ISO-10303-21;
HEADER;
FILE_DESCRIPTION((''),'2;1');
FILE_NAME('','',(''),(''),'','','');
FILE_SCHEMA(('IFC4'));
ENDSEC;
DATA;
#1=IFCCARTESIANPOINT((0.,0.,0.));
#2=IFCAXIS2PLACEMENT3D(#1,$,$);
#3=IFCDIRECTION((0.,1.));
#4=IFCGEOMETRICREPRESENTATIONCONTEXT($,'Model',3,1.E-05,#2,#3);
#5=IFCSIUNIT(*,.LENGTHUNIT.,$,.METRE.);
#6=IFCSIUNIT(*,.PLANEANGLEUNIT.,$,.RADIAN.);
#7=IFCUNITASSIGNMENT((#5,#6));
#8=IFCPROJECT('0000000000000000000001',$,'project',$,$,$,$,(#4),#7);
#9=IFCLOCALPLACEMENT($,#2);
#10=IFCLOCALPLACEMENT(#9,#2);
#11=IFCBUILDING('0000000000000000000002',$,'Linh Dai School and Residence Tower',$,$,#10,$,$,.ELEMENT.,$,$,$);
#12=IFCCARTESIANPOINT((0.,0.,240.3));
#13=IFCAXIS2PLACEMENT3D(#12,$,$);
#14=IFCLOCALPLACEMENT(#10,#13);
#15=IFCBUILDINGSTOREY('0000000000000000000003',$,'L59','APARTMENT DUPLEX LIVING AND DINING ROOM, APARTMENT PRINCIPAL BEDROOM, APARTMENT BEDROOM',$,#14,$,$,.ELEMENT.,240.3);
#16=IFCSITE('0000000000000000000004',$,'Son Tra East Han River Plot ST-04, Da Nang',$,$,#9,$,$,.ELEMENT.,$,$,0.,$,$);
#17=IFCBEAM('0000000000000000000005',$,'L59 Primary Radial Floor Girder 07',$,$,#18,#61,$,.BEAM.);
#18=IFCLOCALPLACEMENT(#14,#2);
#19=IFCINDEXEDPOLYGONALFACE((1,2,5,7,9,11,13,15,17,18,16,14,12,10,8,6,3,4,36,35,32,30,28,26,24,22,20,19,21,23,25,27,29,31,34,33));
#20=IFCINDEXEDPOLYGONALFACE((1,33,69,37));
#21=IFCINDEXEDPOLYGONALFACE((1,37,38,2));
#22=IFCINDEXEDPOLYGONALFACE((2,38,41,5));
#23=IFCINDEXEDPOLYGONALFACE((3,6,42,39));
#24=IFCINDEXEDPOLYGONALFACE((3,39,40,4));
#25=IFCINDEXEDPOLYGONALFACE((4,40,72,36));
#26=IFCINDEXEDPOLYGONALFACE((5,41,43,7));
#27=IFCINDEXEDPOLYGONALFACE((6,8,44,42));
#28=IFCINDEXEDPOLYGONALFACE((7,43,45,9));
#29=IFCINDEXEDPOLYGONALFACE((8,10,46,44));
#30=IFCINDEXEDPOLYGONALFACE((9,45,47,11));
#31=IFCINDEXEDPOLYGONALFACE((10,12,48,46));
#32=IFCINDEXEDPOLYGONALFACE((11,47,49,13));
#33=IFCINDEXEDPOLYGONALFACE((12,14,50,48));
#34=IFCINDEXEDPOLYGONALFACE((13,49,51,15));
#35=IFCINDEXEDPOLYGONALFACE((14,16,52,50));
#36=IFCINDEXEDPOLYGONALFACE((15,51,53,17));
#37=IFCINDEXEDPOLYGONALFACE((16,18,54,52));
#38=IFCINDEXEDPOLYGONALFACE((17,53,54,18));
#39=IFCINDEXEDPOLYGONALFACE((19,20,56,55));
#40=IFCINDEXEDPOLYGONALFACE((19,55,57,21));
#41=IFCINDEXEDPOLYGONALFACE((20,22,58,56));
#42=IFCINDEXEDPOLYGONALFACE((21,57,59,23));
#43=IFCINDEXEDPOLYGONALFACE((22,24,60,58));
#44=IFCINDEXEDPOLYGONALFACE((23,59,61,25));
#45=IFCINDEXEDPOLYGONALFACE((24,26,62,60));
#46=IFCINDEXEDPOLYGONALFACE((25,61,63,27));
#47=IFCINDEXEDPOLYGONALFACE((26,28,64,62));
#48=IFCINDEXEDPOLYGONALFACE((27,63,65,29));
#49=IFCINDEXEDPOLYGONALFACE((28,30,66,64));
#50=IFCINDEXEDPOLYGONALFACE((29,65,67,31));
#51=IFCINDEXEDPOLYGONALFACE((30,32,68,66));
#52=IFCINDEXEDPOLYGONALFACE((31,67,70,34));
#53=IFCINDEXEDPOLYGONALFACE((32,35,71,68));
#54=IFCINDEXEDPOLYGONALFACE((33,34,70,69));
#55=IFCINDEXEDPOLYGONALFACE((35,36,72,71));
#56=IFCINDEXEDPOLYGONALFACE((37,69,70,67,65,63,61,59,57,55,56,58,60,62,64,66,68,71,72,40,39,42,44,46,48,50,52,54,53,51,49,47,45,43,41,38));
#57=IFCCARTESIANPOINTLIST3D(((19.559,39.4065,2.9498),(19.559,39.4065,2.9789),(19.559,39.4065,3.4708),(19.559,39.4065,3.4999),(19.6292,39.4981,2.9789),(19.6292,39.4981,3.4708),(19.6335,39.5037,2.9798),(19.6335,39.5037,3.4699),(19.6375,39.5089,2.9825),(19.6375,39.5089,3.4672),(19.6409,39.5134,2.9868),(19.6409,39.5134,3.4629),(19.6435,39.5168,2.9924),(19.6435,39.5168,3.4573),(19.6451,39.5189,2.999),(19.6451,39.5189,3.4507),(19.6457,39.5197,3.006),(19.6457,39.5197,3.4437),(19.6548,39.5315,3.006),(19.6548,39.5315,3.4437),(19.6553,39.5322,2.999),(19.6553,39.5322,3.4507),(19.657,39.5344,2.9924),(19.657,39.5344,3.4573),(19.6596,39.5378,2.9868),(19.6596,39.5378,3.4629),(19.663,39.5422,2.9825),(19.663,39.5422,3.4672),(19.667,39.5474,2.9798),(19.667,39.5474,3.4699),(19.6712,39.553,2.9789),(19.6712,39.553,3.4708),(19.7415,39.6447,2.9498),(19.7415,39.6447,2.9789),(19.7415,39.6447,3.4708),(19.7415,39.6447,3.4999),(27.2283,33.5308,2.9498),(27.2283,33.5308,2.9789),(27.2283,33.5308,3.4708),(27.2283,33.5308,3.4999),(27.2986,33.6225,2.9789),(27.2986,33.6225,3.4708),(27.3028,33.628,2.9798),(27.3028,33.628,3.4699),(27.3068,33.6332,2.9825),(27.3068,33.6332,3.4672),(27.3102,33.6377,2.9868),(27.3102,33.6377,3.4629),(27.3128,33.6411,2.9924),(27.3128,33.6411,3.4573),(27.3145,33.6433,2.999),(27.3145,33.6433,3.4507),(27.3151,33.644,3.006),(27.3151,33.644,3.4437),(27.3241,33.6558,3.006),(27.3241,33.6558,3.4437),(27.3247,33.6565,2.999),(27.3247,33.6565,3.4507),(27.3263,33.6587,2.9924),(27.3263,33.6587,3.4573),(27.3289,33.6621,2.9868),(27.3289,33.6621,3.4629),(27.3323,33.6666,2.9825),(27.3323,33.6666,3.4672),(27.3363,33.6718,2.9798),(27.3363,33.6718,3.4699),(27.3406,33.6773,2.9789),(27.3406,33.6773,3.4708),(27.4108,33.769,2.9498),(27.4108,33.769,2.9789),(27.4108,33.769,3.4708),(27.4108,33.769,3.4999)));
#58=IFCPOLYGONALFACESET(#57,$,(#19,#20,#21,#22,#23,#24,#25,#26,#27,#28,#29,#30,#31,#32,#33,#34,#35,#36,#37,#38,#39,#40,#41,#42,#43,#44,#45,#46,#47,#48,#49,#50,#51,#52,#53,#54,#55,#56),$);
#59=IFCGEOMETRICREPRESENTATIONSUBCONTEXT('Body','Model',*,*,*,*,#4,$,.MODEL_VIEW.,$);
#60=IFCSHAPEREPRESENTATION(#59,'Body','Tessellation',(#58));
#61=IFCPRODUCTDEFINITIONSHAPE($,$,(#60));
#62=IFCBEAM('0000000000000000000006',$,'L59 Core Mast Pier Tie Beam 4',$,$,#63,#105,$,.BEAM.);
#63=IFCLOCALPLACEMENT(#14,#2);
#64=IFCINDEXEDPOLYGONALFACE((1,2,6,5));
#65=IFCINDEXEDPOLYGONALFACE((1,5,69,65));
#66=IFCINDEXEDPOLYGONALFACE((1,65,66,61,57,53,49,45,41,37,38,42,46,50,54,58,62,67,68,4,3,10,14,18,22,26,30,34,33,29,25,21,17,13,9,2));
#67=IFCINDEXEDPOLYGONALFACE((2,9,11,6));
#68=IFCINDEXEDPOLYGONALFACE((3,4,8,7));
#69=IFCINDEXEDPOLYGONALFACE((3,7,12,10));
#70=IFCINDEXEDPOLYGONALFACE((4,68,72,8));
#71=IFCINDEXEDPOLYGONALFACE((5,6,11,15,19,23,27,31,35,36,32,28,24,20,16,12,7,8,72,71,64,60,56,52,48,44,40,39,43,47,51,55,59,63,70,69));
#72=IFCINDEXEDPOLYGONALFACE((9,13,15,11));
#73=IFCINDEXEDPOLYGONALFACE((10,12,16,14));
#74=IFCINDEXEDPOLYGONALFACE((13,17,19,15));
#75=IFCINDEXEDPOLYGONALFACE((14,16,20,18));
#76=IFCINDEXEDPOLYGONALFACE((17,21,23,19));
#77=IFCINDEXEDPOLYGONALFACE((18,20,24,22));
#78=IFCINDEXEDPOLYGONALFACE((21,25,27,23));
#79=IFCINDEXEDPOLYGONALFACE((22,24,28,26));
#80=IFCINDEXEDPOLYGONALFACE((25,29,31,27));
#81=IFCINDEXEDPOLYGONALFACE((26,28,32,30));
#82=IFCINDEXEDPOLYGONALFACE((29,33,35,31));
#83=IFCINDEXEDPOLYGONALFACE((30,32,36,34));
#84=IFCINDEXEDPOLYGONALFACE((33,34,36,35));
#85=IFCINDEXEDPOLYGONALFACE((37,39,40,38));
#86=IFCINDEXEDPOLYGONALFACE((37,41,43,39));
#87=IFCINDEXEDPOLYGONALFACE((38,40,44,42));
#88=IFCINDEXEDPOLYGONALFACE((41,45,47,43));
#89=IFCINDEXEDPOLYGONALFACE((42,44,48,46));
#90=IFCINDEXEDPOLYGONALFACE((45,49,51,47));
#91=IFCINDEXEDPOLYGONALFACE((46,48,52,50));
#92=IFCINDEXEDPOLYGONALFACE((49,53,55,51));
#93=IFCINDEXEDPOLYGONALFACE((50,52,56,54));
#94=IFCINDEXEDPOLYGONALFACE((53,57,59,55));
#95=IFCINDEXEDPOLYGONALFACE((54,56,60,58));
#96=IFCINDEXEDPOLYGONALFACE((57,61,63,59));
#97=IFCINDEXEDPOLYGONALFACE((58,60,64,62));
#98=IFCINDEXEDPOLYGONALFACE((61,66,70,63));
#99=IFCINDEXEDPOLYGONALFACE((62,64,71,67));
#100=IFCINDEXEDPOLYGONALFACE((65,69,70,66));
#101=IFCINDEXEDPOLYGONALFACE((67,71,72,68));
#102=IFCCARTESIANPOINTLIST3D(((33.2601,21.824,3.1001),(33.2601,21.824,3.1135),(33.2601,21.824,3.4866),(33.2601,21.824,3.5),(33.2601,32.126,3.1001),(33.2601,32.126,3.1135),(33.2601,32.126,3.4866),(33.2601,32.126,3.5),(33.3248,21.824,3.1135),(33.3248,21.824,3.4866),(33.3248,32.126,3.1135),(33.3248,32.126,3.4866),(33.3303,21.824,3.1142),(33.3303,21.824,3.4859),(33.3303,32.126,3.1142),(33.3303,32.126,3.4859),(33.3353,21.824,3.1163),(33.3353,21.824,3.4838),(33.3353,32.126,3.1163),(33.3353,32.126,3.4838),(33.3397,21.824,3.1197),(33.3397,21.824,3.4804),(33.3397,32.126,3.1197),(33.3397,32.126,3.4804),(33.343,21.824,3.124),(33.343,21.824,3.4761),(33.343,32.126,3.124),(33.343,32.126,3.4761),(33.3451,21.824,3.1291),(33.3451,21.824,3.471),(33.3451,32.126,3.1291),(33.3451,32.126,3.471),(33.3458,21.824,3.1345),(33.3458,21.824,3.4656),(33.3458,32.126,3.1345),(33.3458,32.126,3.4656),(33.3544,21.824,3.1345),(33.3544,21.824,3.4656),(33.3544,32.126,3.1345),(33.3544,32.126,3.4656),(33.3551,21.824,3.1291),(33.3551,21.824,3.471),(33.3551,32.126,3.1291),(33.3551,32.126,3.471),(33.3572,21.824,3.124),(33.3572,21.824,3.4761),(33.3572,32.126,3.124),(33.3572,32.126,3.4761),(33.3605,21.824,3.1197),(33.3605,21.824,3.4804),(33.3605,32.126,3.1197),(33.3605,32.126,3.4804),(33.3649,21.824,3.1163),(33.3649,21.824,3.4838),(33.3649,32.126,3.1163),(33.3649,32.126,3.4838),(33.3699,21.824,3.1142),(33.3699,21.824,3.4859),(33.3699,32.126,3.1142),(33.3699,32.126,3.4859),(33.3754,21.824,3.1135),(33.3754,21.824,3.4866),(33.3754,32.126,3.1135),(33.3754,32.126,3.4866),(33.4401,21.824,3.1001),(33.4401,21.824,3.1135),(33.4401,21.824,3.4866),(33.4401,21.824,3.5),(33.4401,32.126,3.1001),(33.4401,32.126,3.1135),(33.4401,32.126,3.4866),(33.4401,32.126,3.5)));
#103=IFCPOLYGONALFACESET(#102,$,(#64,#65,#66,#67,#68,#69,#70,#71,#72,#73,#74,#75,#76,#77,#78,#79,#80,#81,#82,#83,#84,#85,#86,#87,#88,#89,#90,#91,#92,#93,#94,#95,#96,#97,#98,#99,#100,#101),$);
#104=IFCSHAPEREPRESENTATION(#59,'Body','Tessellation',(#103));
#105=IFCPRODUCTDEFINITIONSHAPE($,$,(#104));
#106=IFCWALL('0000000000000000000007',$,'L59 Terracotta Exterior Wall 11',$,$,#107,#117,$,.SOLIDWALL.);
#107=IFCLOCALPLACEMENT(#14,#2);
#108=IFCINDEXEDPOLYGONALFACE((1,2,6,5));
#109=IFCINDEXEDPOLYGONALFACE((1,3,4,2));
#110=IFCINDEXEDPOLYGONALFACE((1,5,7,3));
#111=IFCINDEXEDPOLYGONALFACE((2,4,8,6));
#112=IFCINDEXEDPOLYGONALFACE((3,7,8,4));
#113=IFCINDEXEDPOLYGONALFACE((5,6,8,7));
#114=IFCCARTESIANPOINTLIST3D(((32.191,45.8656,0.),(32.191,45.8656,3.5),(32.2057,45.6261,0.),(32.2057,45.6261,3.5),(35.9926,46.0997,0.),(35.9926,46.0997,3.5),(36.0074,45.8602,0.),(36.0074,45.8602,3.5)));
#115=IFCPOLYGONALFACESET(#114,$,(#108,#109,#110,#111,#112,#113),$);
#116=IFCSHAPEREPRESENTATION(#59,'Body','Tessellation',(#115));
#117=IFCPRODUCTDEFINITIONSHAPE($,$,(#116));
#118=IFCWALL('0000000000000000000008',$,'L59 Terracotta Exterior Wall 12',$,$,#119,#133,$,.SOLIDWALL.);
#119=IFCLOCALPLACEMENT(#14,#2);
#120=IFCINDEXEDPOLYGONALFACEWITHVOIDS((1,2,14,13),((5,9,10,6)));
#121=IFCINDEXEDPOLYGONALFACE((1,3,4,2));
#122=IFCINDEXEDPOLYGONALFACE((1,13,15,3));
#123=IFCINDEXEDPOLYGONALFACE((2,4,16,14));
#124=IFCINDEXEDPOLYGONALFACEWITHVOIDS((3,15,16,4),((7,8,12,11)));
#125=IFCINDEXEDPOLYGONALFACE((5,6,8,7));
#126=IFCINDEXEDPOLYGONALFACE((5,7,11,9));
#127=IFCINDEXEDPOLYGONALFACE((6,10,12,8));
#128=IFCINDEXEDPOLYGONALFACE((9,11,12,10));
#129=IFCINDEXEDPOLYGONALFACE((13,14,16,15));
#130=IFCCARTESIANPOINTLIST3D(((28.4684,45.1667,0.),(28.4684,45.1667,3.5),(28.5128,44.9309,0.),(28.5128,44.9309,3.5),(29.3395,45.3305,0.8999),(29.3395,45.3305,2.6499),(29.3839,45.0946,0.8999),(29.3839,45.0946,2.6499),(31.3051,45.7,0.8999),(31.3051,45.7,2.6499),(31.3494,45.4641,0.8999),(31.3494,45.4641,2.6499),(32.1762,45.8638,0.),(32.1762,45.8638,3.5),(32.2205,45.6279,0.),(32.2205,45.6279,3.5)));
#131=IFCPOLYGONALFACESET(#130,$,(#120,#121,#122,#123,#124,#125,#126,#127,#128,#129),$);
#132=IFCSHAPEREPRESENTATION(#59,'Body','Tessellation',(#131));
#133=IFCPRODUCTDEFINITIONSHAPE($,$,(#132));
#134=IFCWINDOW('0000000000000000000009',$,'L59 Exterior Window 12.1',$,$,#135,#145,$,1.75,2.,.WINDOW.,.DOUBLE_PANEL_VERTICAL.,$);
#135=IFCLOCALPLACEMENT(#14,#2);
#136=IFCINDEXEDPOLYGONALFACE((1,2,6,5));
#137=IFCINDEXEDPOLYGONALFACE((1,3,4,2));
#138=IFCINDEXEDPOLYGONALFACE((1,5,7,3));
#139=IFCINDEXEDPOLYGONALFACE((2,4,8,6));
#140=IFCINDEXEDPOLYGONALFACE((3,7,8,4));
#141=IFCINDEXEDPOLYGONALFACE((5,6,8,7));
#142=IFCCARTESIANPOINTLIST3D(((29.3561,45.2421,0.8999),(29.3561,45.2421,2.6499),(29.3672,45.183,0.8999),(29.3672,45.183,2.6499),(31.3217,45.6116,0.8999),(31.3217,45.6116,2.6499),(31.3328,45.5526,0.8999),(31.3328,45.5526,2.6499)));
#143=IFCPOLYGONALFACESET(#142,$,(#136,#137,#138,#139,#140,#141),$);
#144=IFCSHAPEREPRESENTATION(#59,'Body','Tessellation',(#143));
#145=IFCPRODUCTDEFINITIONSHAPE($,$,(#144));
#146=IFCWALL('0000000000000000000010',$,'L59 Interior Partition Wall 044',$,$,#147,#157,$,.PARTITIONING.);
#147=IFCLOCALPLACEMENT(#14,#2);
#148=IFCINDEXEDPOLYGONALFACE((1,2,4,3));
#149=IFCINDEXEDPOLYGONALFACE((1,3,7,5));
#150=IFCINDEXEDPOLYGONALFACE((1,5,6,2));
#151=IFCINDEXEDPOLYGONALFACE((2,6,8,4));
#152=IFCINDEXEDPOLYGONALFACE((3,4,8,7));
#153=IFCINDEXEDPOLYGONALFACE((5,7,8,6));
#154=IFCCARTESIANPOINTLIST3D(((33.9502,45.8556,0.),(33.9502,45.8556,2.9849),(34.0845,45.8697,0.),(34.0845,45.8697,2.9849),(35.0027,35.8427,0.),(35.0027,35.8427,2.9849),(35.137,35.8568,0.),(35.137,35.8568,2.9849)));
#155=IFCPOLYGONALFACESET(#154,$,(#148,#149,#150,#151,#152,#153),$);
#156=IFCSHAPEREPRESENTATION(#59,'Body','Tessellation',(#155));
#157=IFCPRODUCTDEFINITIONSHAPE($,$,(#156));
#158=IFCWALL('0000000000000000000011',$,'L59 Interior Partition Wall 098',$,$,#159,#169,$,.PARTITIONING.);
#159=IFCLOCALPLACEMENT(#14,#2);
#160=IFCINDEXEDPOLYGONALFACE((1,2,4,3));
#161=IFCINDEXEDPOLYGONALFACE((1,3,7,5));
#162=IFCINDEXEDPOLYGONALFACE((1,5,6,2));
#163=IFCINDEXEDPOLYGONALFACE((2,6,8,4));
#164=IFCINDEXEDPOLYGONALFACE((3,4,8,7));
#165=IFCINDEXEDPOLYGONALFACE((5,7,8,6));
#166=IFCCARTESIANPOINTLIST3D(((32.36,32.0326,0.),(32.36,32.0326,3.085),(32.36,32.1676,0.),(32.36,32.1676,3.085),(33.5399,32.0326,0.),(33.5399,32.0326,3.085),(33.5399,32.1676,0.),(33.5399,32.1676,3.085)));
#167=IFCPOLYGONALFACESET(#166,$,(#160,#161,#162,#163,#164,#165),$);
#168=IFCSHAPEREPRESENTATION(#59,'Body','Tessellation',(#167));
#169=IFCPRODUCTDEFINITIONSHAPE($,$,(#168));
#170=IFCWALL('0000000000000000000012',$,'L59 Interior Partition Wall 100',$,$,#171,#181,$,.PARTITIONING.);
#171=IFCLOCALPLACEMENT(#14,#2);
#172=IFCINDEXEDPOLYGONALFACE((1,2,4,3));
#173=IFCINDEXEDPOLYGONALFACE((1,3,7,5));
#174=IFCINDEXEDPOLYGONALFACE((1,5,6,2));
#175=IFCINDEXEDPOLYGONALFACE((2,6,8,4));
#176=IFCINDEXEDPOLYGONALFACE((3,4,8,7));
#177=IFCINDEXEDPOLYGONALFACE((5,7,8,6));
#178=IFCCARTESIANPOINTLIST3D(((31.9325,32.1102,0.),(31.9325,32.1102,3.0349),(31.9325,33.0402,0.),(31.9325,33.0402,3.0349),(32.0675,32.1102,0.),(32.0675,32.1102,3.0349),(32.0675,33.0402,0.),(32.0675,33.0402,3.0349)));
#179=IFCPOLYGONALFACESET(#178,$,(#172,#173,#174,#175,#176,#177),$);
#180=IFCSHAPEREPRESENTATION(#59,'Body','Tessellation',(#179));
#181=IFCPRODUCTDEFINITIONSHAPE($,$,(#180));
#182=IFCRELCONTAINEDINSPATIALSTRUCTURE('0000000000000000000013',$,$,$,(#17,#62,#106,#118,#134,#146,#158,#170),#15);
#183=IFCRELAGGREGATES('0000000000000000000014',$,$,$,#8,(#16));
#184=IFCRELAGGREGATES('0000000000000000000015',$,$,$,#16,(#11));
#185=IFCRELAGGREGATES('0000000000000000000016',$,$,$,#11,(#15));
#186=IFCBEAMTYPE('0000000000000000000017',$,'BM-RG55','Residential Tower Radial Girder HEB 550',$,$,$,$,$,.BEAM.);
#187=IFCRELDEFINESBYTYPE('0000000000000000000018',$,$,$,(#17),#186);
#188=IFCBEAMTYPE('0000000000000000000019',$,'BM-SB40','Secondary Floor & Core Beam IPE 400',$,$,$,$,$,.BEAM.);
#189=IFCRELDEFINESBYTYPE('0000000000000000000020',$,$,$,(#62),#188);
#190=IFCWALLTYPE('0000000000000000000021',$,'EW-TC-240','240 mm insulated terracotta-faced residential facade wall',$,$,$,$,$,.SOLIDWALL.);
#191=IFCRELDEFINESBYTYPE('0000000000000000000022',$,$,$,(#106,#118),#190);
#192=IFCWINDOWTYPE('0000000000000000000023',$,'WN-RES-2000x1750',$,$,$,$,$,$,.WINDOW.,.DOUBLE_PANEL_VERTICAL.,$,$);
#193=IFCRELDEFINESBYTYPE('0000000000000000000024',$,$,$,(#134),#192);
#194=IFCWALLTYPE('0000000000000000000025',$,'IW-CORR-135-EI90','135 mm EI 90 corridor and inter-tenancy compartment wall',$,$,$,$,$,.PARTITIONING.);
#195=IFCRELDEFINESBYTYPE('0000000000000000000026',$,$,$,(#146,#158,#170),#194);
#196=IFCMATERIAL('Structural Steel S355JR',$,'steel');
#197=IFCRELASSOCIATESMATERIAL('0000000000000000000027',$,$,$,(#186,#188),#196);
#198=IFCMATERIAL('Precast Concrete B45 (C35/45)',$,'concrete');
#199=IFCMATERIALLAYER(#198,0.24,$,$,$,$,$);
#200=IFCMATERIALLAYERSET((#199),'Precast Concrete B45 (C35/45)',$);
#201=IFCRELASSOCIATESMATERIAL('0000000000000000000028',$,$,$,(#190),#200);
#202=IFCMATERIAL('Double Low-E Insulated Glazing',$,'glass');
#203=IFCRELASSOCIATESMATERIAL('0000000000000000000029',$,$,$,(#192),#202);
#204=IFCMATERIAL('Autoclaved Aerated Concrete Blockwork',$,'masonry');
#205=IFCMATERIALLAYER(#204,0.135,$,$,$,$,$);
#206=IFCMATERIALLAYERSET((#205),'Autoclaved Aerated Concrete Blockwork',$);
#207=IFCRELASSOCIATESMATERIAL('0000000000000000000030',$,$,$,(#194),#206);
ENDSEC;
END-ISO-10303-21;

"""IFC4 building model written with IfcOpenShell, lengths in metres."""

from ifc_helpers import new_model, si_unit, direction, frame, frame_2d, origin, origin_2d, place, context, subcontext, project, spatial, rectangle, i_section, extrude, source, transform, mapped, material, layer, layer_set, material_profile, profile_set, type_object, element, fill, save


model = new_model("IFC4")

# Units and contexts
model_context = context("Model", 3, precision=1e-05, world=origin(), true_north=direction((0.0, 1.0)))
body_context = subcontext(model_context, "Body", "Model", "MODEL_VIEW")
ifc_project = project(units=[si_unit("LENGTHUNIT", "METRE"), si_unit("PLANEANGLEUNIT", "RADIAN")], contexts=[model_context])

# Site, building, storey
site_placement = place(None, origin())
site = spatial("IfcSite", under=ifc_project, at=site_placement, Name="Son Tra East Han River Plot ST-04, Da Nang", CompositionType="ELEMENT", RefElevation=0.0)
building_placement = place(site_placement, origin())
building = spatial("IfcBuilding", under=site, at=building_placement, Name="Linh Dai School and Residence Tower", CompositionType="ELEMENT")
storey_placement = place(building_placement, frame((0.0, 0.0, 240.3)))
storey = spatial("IfcBuildingStorey", under=building, at=storey_placement, Name="L59", Description="APARTMENT DUPLEX LIVING AND DINING ROOM, APARTMENT PRINCIPAL BEDROOM, APARTMENT BEDROOM", CompositionType="ELEMENT", Elevation=240.3)

# Shared definitions
ifc_material_1 = material(Name="Structural Steel S355JR", Category="steel")

# Beams
ifc_material_profile_1 = material_profile(ifc_material_1, i_section(OverallWidth=0.3, OverallDepth=0.55, WebThickness=0.0149, FlangeThickness=0.0291, FilletRadius=0.0271, at=origin_2d()), Name="HEB 550")
ifc_profile_set_1 = profile_set([ifc_material_profile_1], Name="Structural Steel S355JR")
beam_type_1 = type_object("IfcBeamType", Name="BM-RG55", Description="Residential Tower Radial Girder HEB 550", PredefinedType="BEAM", material=ifc_profile_set_1)
beam_1_placement = place(storey_placement, frame((27.3196, 33.6499, 3.2249), z_axis=(-0.793815, 0.60816, 0.0), x_axis=(-0.60816, -0.793815, 0.0)))
element("IfcBeam", 1, at=beam_1_placement, inside=storey, type_object=beam_type_1, Name="L59 Primary Radial Floor Girder 07", PredefinedType="BEAM", context=body_context, shape_type="SweptSolid", body=[
    extrude(i_section(OverallWidth=0.3, OverallDepth=0.55, WebThickness=0.0149, FlangeThickness=0.0291, FilletRadius=0.0271, at=origin_2d()), origin(), (0.0, 0.0, 1.0), 9.6614),
])
ifc_material_profile_2 = material_profile(ifc_material_1, i_section(OverallWidth=0.1799, OverallDepth=0.3999, WebThickness=0.0085, FlangeThickness=0.0134, FilletRadius=0.021, at=origin_2d()), Name="IPE 400")
ifc_profile_set_2 = profile_set([ifc_material_profile_2], Name="Structural Steel S355JR")
beam_type_2 = type_object("IfcBeamType", Name="BM-SB40", Description="Secondary Floor & Core Beam IPE 400", PredefinedType="BEAM", material=ifc_profile_set_2)
beam_2_placement = place(storey_placement, frame((33.3501, 32.126, 3.3), z_axis=(0.0, -1.0, 0.0), x_axis=(1.0, 0.0, 0.0)))
element("IfcBeam", 2, at=beam_2_placement, inside=storey, type_object=beam_type_2, Name="L59 Core Mast Pier Tie Beam 4", PredefinedType="BEAM", context=body_context, shape_type="SweptSolid", body=[
    extrude(i_section(OverallWidth=0.1799, OverallDepth=0.3999, WebThickness=0.0085, FlangeThickness=0.0134, FilletRadius=0.021, at=origin_2d()), origin(), (0.0, 0.0, 1.0), 10.302),
])

# Wall
ifc_material_2 = material(Name="Precast Concrete B45 (C35/45)", Category="concrete")
ifc_layer_1 = layer(ifc_material_2, 0.24)
ifc_layer_set_1 = layer_set([ifc_layer_1], Name="Precast Concrete B45 (C35/45)")
wall_type_1 = type_object("IfcWallType", Name="EW-TC-240", Description="240 mm insulated terracotta-faced residential facade wall", PredefinedType="SOLIDWALL", material=ifc_layer_set_1)
wall_1_placement = place(storey_placement, frame((32.1985, 45.7458, 0.0), z_axis=(0.0, 0.0, 1.0), x_axis=(0.998109, 0.061472, 0.0)))
element("IfcWall", 3, at=wall_1_placement, inside=storey, type_object=wall_type_1, Name="L59 Terracotta Exterior Wall 11", PredefinedType="SOLIDWALL", context=body_context, shape_type="SweptSolid", body=[
    extrude(rectangle(XDim=3.8088, YDim=0.24, at=frame_2d((1.9043, 0.0))), origin(), (0.0, 0.0, 1.0), 3.5),
])

# Wall, opening, window
wall_2_placement = place(storey_placement, frame((28.4907, 45.0488, 0.0), z_axis=(0.0, 0.0, 1.0), x_axis=(0.982785, 0.184753, 0.0)))
wall_2 = element("IfcWall", 4, at=wall_2_placement, inside=storey, type_object=wall_type_1, Name="L59 Terracotta Exterior Wall 12", PredefinedType="SOLIDWALL", context=body_context, shape_type="SweptSolid", body=[
    extrude(rectangle(XDim=3.7727, YDim=0.24, at=frame_2d((1.8862, 0.0))), origin(), (0.0, 0.0, 1.0), 3.5),
])
opening_1_placement = place(wall_2_placement, frame((0.8862, 0.0, 0.8999)))
opening_1 = element("IfcOpeningElement", 5, at=opening_1_placement, cuts=wall_2, PredefinedType="OPENING", context=body_context, shape_type="SweptSolid", body=[
    extrude(rectangle(XDim=2.0, YDim=1.75, at=origin_2d()), frame((1.0, 0.1299, 0.875), z_axis=(0.0, -1.0, 0.0), x_axis=(1.0, 0.0, 0.0)), (0.0, 0.0, 1.0), 0.26),
])
ifc_material_3 = material(Name="Double Low-E Insulated Glazing", Category="glass")
window_type = type_object("IfcWindowType", Name="WN-RES-2000x1750", PartitioningType="DOUBLE_PANEL_VERTICAL", PredefinedType="WINDOW", material=ifc_material_3)
shared_shape_1 = source(origin(), body_context, "Body", "SweptSolid", [
    extrude(rectangle(XDim=2.0, YDim=1.75, at=origin_2d()), frame((1.0, 0.03, 0.875), z_axis=(0.0, -1.0, 0.0), x_axis=(1.0, 0.0, 0.0)), (0.0, 0.0, 1.0), 0.0601),
])
window_placement = place(opening_1_placement, origin())
window = element("IfcWindow", 6, at=window_placement, inside=storey, type_object=window_type, Name="L59 Exterior Window 12.1", OverallHeight=1.75, OverallWidth=2.0, PartitioningType="DOUBLE_PANEL_VERTICAL", PredefinedType="WINDOW", context=body_context, shape_type="MappedRepresentation", body=[
    mapped(shared_shape_1, transform((0.0, 0.0, 0.0), x_axis=(1.0, 0.0, 0.0), y_axis=(0.0, 1.0, 0.0), z_axis=(0.0, 0.0, 1.0), scale=1.0)),
])
fill(opening_1, window)

# Walls
ifc_material_4 = material(Name="Autoclaved Aerated Concrete Blockwork", Category="masonry")
ifc_layer_2 = layer(ifc_material_4, 0.135)
ifc_layer_set_2 = layer_set([ifc_layer_2], Name="Autoclaved Aerated Concrete Blockwork")
wall_type_2 = type_object("IfcWallType", Name="IW-CORR-135-EI90", Description="135 mm EI 90 corridor and inter-tenancy compartment wall", PredefinedType="PARTITIONING", material=ifc_layer_set_2)
wall_3_placement = place(storey_placement, frame((34.0173, 45.8628, 0.0), z_axis=(0.0, 0.0, 1.0), x_axis=(0.104537, -0.994521, 0.0)))
element("IfcWall", 7, at=wall_3_placement, inside=storey, type_object=wall_type_2, Name="L59 Interior Partition Wall 044", PredefinedType="PARTITIONING", context=body_context, shape_type="SweptSolid", body=[
    extrude(rectangle(XDim=10.0681, YDim=0.135, at=frame_2d((5.0342, 0.0))), origin(), (0.0, 0.0, 1.0), 2.9849),
])
wall_4_placement = place(storey_placement, frame((32.3601, 32.1001, 0.0), z_axis=(0.0, 0.0, 1.0), x_axis=(1.0, 0.0, 0.0)))
element("IfcWall", 8, at=wall_4_placement, inside=storey, type_object=wall_type_2, Name="L59 Interior Partition Wall 098", PredefinedType="PARTITIONING", context=body_context, shape_type="SweptSolid", body=[
    extrude(rectangle(XDim=1.1799, YDim=0.135, at=frame_2d((0.5898, 0.0))), origin(), (0.0, 0.0, 1.0), 3.085),
])
wall_5_placement = place(storey_placement, frame((32.0, 33.04, 0.0), z_axis=(0.0, 0.0, 1.0), x_axis=(0.0, -1.0, 0.0)))
element("IfcWall", 9, at=wall_5_placement, inside=storey, type_object=wall_type_2, Name="L59 Interior Partition Wall 100", PredefinedType="PARTITIONING", context=body_context, shape_type="SweptSolid", body=[
    extrude(rectangle(XDim=0.9299, YDim=0.135, at=frame_2d((0.4648, 0.0))), origin(), (0.0, 0.0, 1.0), 3.0349),
])

save(model, "model.ifc")
